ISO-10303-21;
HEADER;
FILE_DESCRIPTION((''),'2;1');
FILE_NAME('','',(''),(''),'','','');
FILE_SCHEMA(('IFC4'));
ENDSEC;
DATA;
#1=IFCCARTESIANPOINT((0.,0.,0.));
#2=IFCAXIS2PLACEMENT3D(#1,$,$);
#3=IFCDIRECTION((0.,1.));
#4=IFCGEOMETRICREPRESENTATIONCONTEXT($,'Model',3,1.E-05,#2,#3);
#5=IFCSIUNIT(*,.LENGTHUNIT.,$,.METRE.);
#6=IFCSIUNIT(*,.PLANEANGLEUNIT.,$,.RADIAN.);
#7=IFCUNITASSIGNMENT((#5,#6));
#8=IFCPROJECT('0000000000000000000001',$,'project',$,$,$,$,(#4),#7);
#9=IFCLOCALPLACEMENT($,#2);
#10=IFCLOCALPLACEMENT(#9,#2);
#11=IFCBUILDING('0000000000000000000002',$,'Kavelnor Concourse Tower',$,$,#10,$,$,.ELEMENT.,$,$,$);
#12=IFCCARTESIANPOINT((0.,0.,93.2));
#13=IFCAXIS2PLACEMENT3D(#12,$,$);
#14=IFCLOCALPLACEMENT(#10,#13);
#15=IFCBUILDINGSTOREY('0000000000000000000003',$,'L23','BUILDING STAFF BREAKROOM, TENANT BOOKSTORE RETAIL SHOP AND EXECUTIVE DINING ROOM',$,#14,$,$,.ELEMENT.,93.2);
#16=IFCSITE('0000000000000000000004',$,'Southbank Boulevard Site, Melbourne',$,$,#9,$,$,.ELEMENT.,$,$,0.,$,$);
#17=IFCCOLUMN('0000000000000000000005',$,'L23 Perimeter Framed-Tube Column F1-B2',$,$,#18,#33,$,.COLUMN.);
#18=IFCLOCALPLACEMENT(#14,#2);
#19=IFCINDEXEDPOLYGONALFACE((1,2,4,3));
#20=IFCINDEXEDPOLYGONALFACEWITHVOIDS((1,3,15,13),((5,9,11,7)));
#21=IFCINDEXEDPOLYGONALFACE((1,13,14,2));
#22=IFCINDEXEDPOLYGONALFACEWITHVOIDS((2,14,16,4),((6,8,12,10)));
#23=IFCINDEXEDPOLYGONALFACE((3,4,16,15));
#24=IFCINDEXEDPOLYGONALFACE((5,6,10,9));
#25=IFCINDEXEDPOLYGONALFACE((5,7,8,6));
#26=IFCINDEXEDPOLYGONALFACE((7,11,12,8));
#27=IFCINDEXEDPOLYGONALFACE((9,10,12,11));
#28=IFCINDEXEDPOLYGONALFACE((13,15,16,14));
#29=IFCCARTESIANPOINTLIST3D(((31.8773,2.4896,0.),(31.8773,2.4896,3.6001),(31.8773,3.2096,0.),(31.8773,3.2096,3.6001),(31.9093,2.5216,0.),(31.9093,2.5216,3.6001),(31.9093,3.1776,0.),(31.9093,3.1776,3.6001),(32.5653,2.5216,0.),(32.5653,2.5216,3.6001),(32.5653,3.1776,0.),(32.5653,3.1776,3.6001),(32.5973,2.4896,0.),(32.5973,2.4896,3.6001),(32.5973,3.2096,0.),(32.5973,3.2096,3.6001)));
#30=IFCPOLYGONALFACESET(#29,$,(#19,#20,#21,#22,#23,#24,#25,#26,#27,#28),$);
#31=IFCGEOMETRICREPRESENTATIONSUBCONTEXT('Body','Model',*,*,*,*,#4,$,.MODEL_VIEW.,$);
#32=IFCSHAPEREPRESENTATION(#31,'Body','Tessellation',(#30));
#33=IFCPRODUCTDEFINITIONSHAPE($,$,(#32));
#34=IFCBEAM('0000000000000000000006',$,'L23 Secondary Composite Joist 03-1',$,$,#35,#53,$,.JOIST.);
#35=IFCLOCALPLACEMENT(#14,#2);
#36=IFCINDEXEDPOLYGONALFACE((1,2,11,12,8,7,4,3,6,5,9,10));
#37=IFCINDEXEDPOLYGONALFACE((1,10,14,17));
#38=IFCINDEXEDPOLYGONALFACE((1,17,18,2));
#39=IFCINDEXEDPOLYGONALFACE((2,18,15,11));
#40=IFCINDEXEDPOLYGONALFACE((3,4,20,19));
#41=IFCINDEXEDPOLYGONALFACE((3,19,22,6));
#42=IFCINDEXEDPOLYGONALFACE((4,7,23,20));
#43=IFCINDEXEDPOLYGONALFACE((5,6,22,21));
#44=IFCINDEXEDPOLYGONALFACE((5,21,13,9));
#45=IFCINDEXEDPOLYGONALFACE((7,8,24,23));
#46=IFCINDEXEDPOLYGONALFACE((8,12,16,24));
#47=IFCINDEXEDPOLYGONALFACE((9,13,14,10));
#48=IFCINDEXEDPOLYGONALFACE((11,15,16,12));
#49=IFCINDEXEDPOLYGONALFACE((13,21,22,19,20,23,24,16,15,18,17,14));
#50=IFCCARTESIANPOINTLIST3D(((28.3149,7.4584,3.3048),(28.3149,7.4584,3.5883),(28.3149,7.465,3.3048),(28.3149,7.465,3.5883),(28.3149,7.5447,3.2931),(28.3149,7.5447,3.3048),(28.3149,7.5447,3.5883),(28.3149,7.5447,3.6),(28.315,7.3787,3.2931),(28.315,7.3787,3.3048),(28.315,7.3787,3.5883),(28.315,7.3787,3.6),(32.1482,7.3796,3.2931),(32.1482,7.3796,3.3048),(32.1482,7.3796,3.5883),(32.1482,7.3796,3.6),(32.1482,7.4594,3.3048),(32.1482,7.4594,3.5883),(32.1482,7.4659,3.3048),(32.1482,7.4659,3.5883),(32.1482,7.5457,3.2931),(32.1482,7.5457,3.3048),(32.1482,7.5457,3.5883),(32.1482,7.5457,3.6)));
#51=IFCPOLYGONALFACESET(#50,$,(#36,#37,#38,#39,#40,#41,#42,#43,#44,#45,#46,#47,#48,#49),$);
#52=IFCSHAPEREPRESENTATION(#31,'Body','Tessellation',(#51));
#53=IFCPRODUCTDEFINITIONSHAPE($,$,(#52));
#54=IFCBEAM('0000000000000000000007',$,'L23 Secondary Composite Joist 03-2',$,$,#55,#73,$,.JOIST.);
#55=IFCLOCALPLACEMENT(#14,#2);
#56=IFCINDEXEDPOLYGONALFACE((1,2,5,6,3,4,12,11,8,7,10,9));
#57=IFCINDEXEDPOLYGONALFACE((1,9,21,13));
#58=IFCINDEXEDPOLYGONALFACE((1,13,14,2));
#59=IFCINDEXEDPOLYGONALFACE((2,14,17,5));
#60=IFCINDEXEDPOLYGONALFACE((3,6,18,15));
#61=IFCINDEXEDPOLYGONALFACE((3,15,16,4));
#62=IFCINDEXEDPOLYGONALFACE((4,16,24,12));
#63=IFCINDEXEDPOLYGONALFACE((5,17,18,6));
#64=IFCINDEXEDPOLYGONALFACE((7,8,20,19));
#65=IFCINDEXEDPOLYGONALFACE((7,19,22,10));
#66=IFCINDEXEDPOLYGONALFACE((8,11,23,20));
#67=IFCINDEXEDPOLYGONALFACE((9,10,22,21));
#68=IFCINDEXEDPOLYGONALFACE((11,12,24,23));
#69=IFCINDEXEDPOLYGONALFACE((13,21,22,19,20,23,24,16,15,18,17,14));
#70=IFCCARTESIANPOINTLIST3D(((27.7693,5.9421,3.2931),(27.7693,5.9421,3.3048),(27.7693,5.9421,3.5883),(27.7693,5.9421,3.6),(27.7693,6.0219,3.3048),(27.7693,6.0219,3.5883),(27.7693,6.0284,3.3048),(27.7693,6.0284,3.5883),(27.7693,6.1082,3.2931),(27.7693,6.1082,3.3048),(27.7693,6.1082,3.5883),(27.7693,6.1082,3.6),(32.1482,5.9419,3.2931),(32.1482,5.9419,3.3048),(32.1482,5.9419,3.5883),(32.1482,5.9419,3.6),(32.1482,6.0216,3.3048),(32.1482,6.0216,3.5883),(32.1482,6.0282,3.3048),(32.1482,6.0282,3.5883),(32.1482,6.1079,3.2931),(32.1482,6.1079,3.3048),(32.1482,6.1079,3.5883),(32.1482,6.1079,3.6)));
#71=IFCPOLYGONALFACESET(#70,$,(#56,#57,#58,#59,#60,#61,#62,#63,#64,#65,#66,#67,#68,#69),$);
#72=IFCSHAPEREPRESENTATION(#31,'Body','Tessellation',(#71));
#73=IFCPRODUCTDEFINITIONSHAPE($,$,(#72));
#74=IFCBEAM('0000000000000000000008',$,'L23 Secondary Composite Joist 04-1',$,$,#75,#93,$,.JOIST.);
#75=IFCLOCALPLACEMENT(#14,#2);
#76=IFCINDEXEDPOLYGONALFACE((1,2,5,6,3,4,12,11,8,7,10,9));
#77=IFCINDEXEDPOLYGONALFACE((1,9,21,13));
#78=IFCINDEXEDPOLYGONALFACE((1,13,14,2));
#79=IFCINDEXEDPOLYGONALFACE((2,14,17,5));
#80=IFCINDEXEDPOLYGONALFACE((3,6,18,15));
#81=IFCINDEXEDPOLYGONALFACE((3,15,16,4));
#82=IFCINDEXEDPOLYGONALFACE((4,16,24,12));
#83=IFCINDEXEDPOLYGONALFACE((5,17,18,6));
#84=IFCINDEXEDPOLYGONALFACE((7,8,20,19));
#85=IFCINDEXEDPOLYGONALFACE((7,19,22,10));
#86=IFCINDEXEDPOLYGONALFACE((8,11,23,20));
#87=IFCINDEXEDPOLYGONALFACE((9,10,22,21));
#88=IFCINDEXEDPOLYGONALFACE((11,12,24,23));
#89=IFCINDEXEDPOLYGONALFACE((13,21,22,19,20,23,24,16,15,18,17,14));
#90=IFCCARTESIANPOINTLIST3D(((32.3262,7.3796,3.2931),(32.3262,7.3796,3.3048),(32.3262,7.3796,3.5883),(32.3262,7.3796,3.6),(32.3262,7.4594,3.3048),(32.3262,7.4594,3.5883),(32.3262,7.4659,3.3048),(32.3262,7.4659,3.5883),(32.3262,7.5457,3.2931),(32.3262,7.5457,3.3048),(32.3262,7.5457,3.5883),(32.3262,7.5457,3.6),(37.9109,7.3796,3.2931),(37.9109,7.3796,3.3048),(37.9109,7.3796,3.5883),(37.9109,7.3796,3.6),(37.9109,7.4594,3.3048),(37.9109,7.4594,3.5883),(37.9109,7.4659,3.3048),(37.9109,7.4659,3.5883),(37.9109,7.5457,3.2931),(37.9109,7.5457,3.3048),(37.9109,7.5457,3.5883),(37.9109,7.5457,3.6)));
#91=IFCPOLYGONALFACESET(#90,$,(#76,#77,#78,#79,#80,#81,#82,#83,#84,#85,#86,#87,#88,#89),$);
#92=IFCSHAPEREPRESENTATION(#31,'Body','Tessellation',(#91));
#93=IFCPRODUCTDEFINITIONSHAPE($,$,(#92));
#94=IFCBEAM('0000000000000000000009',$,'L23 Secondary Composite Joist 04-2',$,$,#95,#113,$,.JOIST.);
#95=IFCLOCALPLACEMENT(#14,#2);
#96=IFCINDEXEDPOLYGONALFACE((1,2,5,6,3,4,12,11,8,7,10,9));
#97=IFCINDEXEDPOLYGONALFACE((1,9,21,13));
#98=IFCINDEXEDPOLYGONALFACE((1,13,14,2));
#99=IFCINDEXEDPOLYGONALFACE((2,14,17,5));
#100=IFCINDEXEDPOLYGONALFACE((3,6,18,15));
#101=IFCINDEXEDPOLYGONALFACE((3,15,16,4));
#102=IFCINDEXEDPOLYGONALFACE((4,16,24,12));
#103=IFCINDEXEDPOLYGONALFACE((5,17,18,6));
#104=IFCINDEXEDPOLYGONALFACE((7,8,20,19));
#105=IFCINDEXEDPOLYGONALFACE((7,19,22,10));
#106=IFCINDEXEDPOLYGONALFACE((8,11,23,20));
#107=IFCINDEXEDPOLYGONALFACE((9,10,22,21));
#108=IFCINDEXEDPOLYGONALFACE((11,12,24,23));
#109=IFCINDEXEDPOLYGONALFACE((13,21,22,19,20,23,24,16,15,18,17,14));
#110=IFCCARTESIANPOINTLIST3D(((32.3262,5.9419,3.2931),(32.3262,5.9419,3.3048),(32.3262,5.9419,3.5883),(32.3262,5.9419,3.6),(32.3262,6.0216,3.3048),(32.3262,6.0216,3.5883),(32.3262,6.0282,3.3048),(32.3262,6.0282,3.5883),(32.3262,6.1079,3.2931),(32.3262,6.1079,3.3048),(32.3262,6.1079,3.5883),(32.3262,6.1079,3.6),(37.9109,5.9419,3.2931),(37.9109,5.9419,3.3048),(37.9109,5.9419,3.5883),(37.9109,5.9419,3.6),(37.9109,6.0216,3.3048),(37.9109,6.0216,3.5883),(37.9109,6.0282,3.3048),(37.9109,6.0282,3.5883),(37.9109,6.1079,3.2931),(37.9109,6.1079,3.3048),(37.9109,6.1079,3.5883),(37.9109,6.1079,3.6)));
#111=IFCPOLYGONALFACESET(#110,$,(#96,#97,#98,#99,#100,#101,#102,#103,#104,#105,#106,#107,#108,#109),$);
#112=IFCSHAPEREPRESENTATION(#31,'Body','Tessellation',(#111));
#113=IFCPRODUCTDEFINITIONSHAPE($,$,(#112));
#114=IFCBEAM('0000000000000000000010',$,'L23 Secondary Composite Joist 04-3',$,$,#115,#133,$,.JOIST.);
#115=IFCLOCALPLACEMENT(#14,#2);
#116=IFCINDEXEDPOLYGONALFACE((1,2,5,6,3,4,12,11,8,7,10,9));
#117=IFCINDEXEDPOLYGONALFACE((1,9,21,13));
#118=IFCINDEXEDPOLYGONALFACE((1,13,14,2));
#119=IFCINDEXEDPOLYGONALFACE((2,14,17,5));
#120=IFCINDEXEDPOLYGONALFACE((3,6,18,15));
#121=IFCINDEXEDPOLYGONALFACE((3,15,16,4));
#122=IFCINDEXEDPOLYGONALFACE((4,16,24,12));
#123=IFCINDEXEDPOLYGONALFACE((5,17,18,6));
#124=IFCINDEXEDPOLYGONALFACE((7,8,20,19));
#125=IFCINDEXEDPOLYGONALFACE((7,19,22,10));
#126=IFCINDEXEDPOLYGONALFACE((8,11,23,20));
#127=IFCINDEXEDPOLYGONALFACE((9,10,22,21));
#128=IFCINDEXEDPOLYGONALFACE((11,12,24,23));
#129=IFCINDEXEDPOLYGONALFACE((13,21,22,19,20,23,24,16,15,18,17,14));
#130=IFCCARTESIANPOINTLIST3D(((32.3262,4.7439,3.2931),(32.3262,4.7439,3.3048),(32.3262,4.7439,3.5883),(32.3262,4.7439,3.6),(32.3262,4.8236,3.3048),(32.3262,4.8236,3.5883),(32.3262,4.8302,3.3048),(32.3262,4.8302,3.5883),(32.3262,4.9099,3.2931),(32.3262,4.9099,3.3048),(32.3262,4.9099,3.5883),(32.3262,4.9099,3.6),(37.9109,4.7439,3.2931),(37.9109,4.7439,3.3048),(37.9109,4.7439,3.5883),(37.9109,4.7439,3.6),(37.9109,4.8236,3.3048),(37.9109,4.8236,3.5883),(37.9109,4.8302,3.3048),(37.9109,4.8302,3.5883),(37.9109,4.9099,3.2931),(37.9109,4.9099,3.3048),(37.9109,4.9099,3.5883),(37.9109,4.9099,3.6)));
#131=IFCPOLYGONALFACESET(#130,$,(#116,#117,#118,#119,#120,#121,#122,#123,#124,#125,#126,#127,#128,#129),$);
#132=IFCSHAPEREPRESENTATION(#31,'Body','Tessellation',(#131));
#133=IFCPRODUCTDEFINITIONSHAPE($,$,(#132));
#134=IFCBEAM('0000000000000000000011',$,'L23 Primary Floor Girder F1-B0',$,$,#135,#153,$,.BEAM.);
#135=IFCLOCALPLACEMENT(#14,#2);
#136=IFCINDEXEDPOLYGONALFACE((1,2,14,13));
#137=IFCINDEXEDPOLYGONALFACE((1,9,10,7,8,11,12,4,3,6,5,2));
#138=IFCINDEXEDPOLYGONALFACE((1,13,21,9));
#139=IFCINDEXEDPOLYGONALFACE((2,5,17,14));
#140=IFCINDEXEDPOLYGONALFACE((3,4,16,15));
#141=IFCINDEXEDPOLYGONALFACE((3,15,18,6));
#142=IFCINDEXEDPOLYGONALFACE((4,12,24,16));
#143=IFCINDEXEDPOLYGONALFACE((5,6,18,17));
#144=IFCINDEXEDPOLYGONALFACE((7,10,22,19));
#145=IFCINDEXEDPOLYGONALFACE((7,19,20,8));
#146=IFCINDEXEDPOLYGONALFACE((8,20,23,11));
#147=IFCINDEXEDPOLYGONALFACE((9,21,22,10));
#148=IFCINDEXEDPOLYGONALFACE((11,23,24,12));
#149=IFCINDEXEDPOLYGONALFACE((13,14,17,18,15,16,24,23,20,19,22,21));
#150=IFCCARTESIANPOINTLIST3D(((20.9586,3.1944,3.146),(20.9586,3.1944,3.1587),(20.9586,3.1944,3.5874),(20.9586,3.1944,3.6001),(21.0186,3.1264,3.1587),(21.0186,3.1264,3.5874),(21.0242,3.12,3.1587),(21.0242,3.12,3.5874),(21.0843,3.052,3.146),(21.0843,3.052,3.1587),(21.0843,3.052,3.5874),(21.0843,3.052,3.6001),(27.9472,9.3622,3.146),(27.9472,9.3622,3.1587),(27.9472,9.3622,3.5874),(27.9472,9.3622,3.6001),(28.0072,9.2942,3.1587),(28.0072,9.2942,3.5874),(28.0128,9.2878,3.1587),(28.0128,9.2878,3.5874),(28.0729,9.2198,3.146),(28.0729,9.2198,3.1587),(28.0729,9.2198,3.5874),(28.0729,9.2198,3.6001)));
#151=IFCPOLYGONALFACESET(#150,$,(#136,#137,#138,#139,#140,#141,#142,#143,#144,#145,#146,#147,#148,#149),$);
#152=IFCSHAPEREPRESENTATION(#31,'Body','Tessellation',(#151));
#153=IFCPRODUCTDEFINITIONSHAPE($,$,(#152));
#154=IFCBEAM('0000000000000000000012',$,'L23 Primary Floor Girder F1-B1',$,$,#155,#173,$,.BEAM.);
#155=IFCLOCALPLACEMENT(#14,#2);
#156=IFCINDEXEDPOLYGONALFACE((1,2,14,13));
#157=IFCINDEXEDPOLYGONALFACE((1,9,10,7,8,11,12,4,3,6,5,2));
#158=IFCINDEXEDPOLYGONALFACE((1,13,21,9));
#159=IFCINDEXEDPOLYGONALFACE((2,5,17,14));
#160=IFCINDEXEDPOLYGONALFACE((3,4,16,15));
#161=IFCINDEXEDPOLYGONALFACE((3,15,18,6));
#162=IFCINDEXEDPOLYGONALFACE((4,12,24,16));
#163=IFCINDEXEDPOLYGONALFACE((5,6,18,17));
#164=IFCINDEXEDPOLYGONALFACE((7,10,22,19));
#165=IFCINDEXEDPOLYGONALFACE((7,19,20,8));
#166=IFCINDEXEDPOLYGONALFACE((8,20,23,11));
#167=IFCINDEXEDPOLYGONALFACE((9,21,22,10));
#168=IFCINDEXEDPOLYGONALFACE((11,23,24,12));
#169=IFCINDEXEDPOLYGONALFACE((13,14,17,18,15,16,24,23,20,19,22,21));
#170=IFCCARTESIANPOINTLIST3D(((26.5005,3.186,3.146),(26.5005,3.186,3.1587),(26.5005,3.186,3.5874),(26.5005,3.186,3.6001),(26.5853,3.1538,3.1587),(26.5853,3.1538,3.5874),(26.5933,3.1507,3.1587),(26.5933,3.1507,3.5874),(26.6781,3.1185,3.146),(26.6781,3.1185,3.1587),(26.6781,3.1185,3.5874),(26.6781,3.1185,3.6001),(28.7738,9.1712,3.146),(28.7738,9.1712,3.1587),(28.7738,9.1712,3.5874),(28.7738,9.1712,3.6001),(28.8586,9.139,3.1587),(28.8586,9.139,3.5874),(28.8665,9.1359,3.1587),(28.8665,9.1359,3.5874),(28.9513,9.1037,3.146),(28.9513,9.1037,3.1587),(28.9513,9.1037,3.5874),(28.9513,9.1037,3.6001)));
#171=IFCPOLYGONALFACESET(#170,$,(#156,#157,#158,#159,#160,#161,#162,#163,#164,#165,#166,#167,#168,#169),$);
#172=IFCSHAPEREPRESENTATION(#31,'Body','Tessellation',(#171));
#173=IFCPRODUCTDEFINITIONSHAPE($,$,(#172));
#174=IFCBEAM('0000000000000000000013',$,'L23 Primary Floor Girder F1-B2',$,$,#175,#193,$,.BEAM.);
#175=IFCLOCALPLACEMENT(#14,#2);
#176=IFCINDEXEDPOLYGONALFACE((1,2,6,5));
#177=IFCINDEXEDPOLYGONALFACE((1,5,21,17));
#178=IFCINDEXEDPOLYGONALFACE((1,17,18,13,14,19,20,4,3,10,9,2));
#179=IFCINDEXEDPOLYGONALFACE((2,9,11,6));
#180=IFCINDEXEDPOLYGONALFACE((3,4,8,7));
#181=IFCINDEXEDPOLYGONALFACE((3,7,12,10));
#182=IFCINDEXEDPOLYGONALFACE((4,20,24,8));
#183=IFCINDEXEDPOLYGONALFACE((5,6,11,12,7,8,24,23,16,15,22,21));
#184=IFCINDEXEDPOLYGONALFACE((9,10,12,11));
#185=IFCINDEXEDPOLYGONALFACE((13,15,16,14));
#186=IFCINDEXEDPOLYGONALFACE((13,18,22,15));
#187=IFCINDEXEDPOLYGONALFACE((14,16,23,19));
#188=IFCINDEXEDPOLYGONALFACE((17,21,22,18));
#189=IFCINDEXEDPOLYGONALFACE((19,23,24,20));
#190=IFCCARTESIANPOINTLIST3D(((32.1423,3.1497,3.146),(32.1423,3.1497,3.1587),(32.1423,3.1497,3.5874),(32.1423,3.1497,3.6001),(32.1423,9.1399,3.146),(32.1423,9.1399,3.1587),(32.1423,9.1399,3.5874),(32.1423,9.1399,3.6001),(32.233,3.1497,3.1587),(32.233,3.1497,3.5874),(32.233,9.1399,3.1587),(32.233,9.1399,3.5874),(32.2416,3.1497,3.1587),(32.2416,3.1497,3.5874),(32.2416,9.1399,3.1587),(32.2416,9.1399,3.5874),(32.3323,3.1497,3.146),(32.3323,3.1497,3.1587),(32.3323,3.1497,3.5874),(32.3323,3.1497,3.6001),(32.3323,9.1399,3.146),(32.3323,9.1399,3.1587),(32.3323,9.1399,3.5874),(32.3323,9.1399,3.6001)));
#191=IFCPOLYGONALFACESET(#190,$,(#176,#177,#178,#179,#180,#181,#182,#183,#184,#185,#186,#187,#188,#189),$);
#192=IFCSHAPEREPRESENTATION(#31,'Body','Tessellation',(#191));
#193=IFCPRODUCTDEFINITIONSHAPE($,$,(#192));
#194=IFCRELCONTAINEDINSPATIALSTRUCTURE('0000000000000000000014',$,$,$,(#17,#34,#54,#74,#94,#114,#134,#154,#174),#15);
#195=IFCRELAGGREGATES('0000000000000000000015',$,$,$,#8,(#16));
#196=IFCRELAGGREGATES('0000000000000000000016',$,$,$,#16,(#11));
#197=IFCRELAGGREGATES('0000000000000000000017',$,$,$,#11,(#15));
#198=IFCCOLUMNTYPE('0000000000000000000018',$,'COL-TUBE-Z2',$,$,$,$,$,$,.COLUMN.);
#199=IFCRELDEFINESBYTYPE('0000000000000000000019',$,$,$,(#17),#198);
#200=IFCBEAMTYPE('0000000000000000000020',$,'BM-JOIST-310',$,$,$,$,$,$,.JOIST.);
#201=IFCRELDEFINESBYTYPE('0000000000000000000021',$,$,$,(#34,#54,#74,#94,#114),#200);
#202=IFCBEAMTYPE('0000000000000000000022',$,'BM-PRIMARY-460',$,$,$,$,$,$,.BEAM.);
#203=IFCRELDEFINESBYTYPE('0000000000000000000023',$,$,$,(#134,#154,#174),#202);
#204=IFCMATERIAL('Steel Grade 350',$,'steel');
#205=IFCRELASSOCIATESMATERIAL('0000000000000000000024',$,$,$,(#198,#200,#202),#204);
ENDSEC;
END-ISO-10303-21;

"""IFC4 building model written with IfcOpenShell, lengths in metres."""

from ifc_helpers import new_model, si_unit, direction, frame, origin, origin_2d, place, context, subcontext, project, spatial, hollow_rectangle, i_section, extrude, material, material_profile, profile_set, type_object, element, save


model = new_model("IFC4")

# Units and contexts
model_context = context("Model", 3, precision=1e-05, world=origin(), true_north=direction((0.0, 1.0)))
body_context = subcontext(model_context, "Body", "Model", "MODEL_VIEW")
ifc_project = project(units=[si_unit("LENGTHUNIT", "METRE"), si_unit("PLANEANGLEUNIT", "RADIAN")], contexts=[model_context])

# Site, building, storey
site_placement = place(None, origin())
site = spatial("IfcSite", under=ifc_project, at=site_placement, Name="Southbank Boulevard Site, Melbourne", CompositionType="ELEMENT", RefElevation=0.0)
building_placement = place(site_placement, origin())
building = spatial("IfcBuilding", under=site, at=building_placement, Name="Kavelnor Concourse Tower", CompositionType="ELEMENT")
storey_placement = place(building_placement, frame((0.0, 0.0, 93.2)))
storey = spatial("IfcBuildingStorey", under=building, at=storey_placement, Name="L23", Description="BUILDING STAFF BREAKROOM, TENANT BOOKSTORE RETAIL SHOP AND EXECUTIVE DINING ROOM", CompositionType="ELEMENT", Elevation=93.2)

# Column
ifc_material_1 = material(Name="Steel Grade 350", Category="steel")
ifc_material_profile_1 = material_profile(ifc_material_1, hollow_rectangle(XDim=0.72, YDim=0.72, WallThickness=0.032, at=origin_2d()), Name="SHS 720x720x32")
ifc_profile_set_1 = profile_set([ifc_material_profile_1], Name="Steel Grade 350")
column_type = type_object("IfcColumnType", Name="COL-TUBE-Z2", PredefinedType="COLUMN", material=ifc_profile_set_1)
column_placement = place(storey_placement, frame((32.2373, 2.8496, 0.0), z_axis=(0.0, 0.0, 1.0), x_axis=(1.0, 0.0, 0.0)))
element("IfcColumn", 1, at=column_placement, inside=storey, type_object=column_type, Name="L23 Perimeter Framed-Tube Column F1-B2", PredefinedType="COLUMN", context=body_context, shape_type="SweptSolid", body=[
    extrude(hollow_rectangle(XDim=0.72, YDim=0.72, WallThickness=0.032, at=origin_2d()), origin(), (0.0, 0.0, 1.0), 3.6001),
])

# Beams
ifc_material_profile_2 = material_profile(ifc_material_1, i_section(OverallWidth=0.166, OverallDepth=0.3069, WebThickness=0.0066, FlangeThickness=0.0117, at=origin_2d()), Name="310UB46")
ifc_profile_set_2 = profile_set([ifc_material_profile_2], Name="Steel Grade 350")
beam_type_1 = type_object("IfcBeamType", Name="BM-JOIST-310", PredefinedType="JOIST", material=ifc_profile_set_2)
beam_1_placement = place(storey_placement, frame((28.3149, 7.4617, 3.4465), z_axis=(1.0, 0.000255, 0.0), x_axis=(-0.000255, 1.0, 0.0)))
element("IfcBeam", 2, at=beam_1_placement, inside=storey, type_object=beam_type_1, Name="L23 Secondary Composite Joist 03-1", PredefinedType="JOIST", context=body_context, shape_type="SweptSolid", body=[
    extrude(i_section(OverallWidth=0.166, OverallDepth=0.3069, WebThickness=0.0066, FlangeThickness=0.0117, at=origin_2d()), origin(), (0.0, 0.0, 1.0), 3.8333),
])
beam_2_placement = place(storey_placement, frame((27.7693, 6.0251, 3.4465), z_axis=(1.0, -0.000056, 0.0), x_axis=(0.000056, 1.0, 0.0)))
element("IfcBeam", 3, at=beam_2_placement, inside=storey, type_object=beam_type_1, Name="L23 Secondary Composite Joist 03-2", PredefinedType="JOIST", context=body_context, shape_type="SweptSolid", body=[
    extrude(i_section(OverallWidth=0.166, OverallDepth=0.3069, WebThickness=0.0066, FlangeThickness=0.0117, at=origin_2d()), origin(), (0.0, 0.0, 1.0), 4.3789),
])
for number, where, z_axis, x_axis, name in (
    (4, (32.3262, 7.4626, 3.4465), (1.0, 0.0, 0.0), (0.0, 1.0, 0.0), "L23 Secondary Composite Joist 04-1"),
    (5, (32.3262, 6.0249, 3.4465), (1.0, 0.0, 0.0), (0.0, 1.0, 0.0), "L23 Secondary Composite Joist 04-2"),
    (6, (32.3262, 4.8269, 3.4465), (1.0, 0.0, 0.0), (0.0, 1.0, 0.0), "L23 Secondary Composite Joist 04-3"),
):
    element("IfcBeam", number, at=place(storey_placement, frame(where, z_axis=z_axis, x_axis=x_axis)), inside=storey, type_object=beam_type_1, Name=name, PredefinedType="JOIST", context=body_context, shape_type="SweptSolid", body=[
        extrude(i_section(OverallWidth=0.166, OverallDepth=0.3069, WebThickness=0.0066, FlangeThickness=0.0117, at=origin_2d()), origin(), (0.0, 0.0, 1.0), 5.5847),
    ])
ifc_material_profile_3 = material_profile(ifc_material_1, i_section(OverallWidth=0.1899, OverallDepth=0.4541, WebThickness=0.0085, FlangeThickness=0.0127, at=origin_2d()), Name="460UB67")
ifc_profile_set_3 = profile_set([ifc_material_profile_3], Name="Steel Grade 350")
beam_type_2 = type_object("IfcBeamType", Name="BM-PRIMARY-460", PredefinedType="BEAM", material=ifc_profile_set_3)
beam_3_placement = place(storey_placement, frame((28.01, 9.291, 3.373), z_axis=(-0.749764, -0.661705, 0.0), x_axis=(0.661705, -0.749764, 0.0)))
element("IfcBeam", 7, at=beam_3_placement, inside=storey, type_object=beam_type_2, Name="L23 Primary Floor Girder F1-B0", PredefinedType="BEAM", context=body_context, shape_type="SweptSolid", body=[
    extrude(i_section(OverallWidth=0.1899, OverallDepth=0.4541, WebThickness=0.0085, FlangeThickness=0.0127, at=origin_2d()), origin(), (0.0, 0.0, 1.0), 9.321),
])
beam_4_placement = place(storey_placement, frame((28.8625, 9.1375, 3.373), z_axis=(-0.355061, -0.934843, 0.0), x_axis=(0.934843, -0.355061, 0.0)))
element("IfcBeam", 8, at=beam_4_placement, inside=storey, type_object=beam_type_2, Name="L23 Primary Floor Girder F1-B1", PredefinedType="BEAM", context=body_context, shape_type="SweptSolid", body=[
    extrude(i_section(OverallWidth=0.1899, OverallDepth=0.4541, WebThickness=0.0085, FlangeThickness=0.0127, at=origin_2d()), origin(), (0.0, 0.0, 1.0), 6.4023),
])
beam_5_placement = place(storey_placement, frame((32.2373, 9.1399, 3.373), z_axis=(0.0, -1.0, 0.0), x_axis=(1.0, 0.0, 0.0)))
element("IfcBeam", 9, at=beam_5_placement, inside=storey, type_object=beam_type_2, Name="L23 Primary Floor Girder F1-B2", PredefinedType="BEAM", context=body_context, shape_type="SweptSolid", body=[
    extrude(i_section(OverallWidth=0.1899, OverallDepth=0.4541, WebThickness=0.0085, FlangeThickness=0.0127, at=origin_2d()), origin(), (0.0, 0.0, 1.0), 5.9902),
])

save(model, "model.ifc")
